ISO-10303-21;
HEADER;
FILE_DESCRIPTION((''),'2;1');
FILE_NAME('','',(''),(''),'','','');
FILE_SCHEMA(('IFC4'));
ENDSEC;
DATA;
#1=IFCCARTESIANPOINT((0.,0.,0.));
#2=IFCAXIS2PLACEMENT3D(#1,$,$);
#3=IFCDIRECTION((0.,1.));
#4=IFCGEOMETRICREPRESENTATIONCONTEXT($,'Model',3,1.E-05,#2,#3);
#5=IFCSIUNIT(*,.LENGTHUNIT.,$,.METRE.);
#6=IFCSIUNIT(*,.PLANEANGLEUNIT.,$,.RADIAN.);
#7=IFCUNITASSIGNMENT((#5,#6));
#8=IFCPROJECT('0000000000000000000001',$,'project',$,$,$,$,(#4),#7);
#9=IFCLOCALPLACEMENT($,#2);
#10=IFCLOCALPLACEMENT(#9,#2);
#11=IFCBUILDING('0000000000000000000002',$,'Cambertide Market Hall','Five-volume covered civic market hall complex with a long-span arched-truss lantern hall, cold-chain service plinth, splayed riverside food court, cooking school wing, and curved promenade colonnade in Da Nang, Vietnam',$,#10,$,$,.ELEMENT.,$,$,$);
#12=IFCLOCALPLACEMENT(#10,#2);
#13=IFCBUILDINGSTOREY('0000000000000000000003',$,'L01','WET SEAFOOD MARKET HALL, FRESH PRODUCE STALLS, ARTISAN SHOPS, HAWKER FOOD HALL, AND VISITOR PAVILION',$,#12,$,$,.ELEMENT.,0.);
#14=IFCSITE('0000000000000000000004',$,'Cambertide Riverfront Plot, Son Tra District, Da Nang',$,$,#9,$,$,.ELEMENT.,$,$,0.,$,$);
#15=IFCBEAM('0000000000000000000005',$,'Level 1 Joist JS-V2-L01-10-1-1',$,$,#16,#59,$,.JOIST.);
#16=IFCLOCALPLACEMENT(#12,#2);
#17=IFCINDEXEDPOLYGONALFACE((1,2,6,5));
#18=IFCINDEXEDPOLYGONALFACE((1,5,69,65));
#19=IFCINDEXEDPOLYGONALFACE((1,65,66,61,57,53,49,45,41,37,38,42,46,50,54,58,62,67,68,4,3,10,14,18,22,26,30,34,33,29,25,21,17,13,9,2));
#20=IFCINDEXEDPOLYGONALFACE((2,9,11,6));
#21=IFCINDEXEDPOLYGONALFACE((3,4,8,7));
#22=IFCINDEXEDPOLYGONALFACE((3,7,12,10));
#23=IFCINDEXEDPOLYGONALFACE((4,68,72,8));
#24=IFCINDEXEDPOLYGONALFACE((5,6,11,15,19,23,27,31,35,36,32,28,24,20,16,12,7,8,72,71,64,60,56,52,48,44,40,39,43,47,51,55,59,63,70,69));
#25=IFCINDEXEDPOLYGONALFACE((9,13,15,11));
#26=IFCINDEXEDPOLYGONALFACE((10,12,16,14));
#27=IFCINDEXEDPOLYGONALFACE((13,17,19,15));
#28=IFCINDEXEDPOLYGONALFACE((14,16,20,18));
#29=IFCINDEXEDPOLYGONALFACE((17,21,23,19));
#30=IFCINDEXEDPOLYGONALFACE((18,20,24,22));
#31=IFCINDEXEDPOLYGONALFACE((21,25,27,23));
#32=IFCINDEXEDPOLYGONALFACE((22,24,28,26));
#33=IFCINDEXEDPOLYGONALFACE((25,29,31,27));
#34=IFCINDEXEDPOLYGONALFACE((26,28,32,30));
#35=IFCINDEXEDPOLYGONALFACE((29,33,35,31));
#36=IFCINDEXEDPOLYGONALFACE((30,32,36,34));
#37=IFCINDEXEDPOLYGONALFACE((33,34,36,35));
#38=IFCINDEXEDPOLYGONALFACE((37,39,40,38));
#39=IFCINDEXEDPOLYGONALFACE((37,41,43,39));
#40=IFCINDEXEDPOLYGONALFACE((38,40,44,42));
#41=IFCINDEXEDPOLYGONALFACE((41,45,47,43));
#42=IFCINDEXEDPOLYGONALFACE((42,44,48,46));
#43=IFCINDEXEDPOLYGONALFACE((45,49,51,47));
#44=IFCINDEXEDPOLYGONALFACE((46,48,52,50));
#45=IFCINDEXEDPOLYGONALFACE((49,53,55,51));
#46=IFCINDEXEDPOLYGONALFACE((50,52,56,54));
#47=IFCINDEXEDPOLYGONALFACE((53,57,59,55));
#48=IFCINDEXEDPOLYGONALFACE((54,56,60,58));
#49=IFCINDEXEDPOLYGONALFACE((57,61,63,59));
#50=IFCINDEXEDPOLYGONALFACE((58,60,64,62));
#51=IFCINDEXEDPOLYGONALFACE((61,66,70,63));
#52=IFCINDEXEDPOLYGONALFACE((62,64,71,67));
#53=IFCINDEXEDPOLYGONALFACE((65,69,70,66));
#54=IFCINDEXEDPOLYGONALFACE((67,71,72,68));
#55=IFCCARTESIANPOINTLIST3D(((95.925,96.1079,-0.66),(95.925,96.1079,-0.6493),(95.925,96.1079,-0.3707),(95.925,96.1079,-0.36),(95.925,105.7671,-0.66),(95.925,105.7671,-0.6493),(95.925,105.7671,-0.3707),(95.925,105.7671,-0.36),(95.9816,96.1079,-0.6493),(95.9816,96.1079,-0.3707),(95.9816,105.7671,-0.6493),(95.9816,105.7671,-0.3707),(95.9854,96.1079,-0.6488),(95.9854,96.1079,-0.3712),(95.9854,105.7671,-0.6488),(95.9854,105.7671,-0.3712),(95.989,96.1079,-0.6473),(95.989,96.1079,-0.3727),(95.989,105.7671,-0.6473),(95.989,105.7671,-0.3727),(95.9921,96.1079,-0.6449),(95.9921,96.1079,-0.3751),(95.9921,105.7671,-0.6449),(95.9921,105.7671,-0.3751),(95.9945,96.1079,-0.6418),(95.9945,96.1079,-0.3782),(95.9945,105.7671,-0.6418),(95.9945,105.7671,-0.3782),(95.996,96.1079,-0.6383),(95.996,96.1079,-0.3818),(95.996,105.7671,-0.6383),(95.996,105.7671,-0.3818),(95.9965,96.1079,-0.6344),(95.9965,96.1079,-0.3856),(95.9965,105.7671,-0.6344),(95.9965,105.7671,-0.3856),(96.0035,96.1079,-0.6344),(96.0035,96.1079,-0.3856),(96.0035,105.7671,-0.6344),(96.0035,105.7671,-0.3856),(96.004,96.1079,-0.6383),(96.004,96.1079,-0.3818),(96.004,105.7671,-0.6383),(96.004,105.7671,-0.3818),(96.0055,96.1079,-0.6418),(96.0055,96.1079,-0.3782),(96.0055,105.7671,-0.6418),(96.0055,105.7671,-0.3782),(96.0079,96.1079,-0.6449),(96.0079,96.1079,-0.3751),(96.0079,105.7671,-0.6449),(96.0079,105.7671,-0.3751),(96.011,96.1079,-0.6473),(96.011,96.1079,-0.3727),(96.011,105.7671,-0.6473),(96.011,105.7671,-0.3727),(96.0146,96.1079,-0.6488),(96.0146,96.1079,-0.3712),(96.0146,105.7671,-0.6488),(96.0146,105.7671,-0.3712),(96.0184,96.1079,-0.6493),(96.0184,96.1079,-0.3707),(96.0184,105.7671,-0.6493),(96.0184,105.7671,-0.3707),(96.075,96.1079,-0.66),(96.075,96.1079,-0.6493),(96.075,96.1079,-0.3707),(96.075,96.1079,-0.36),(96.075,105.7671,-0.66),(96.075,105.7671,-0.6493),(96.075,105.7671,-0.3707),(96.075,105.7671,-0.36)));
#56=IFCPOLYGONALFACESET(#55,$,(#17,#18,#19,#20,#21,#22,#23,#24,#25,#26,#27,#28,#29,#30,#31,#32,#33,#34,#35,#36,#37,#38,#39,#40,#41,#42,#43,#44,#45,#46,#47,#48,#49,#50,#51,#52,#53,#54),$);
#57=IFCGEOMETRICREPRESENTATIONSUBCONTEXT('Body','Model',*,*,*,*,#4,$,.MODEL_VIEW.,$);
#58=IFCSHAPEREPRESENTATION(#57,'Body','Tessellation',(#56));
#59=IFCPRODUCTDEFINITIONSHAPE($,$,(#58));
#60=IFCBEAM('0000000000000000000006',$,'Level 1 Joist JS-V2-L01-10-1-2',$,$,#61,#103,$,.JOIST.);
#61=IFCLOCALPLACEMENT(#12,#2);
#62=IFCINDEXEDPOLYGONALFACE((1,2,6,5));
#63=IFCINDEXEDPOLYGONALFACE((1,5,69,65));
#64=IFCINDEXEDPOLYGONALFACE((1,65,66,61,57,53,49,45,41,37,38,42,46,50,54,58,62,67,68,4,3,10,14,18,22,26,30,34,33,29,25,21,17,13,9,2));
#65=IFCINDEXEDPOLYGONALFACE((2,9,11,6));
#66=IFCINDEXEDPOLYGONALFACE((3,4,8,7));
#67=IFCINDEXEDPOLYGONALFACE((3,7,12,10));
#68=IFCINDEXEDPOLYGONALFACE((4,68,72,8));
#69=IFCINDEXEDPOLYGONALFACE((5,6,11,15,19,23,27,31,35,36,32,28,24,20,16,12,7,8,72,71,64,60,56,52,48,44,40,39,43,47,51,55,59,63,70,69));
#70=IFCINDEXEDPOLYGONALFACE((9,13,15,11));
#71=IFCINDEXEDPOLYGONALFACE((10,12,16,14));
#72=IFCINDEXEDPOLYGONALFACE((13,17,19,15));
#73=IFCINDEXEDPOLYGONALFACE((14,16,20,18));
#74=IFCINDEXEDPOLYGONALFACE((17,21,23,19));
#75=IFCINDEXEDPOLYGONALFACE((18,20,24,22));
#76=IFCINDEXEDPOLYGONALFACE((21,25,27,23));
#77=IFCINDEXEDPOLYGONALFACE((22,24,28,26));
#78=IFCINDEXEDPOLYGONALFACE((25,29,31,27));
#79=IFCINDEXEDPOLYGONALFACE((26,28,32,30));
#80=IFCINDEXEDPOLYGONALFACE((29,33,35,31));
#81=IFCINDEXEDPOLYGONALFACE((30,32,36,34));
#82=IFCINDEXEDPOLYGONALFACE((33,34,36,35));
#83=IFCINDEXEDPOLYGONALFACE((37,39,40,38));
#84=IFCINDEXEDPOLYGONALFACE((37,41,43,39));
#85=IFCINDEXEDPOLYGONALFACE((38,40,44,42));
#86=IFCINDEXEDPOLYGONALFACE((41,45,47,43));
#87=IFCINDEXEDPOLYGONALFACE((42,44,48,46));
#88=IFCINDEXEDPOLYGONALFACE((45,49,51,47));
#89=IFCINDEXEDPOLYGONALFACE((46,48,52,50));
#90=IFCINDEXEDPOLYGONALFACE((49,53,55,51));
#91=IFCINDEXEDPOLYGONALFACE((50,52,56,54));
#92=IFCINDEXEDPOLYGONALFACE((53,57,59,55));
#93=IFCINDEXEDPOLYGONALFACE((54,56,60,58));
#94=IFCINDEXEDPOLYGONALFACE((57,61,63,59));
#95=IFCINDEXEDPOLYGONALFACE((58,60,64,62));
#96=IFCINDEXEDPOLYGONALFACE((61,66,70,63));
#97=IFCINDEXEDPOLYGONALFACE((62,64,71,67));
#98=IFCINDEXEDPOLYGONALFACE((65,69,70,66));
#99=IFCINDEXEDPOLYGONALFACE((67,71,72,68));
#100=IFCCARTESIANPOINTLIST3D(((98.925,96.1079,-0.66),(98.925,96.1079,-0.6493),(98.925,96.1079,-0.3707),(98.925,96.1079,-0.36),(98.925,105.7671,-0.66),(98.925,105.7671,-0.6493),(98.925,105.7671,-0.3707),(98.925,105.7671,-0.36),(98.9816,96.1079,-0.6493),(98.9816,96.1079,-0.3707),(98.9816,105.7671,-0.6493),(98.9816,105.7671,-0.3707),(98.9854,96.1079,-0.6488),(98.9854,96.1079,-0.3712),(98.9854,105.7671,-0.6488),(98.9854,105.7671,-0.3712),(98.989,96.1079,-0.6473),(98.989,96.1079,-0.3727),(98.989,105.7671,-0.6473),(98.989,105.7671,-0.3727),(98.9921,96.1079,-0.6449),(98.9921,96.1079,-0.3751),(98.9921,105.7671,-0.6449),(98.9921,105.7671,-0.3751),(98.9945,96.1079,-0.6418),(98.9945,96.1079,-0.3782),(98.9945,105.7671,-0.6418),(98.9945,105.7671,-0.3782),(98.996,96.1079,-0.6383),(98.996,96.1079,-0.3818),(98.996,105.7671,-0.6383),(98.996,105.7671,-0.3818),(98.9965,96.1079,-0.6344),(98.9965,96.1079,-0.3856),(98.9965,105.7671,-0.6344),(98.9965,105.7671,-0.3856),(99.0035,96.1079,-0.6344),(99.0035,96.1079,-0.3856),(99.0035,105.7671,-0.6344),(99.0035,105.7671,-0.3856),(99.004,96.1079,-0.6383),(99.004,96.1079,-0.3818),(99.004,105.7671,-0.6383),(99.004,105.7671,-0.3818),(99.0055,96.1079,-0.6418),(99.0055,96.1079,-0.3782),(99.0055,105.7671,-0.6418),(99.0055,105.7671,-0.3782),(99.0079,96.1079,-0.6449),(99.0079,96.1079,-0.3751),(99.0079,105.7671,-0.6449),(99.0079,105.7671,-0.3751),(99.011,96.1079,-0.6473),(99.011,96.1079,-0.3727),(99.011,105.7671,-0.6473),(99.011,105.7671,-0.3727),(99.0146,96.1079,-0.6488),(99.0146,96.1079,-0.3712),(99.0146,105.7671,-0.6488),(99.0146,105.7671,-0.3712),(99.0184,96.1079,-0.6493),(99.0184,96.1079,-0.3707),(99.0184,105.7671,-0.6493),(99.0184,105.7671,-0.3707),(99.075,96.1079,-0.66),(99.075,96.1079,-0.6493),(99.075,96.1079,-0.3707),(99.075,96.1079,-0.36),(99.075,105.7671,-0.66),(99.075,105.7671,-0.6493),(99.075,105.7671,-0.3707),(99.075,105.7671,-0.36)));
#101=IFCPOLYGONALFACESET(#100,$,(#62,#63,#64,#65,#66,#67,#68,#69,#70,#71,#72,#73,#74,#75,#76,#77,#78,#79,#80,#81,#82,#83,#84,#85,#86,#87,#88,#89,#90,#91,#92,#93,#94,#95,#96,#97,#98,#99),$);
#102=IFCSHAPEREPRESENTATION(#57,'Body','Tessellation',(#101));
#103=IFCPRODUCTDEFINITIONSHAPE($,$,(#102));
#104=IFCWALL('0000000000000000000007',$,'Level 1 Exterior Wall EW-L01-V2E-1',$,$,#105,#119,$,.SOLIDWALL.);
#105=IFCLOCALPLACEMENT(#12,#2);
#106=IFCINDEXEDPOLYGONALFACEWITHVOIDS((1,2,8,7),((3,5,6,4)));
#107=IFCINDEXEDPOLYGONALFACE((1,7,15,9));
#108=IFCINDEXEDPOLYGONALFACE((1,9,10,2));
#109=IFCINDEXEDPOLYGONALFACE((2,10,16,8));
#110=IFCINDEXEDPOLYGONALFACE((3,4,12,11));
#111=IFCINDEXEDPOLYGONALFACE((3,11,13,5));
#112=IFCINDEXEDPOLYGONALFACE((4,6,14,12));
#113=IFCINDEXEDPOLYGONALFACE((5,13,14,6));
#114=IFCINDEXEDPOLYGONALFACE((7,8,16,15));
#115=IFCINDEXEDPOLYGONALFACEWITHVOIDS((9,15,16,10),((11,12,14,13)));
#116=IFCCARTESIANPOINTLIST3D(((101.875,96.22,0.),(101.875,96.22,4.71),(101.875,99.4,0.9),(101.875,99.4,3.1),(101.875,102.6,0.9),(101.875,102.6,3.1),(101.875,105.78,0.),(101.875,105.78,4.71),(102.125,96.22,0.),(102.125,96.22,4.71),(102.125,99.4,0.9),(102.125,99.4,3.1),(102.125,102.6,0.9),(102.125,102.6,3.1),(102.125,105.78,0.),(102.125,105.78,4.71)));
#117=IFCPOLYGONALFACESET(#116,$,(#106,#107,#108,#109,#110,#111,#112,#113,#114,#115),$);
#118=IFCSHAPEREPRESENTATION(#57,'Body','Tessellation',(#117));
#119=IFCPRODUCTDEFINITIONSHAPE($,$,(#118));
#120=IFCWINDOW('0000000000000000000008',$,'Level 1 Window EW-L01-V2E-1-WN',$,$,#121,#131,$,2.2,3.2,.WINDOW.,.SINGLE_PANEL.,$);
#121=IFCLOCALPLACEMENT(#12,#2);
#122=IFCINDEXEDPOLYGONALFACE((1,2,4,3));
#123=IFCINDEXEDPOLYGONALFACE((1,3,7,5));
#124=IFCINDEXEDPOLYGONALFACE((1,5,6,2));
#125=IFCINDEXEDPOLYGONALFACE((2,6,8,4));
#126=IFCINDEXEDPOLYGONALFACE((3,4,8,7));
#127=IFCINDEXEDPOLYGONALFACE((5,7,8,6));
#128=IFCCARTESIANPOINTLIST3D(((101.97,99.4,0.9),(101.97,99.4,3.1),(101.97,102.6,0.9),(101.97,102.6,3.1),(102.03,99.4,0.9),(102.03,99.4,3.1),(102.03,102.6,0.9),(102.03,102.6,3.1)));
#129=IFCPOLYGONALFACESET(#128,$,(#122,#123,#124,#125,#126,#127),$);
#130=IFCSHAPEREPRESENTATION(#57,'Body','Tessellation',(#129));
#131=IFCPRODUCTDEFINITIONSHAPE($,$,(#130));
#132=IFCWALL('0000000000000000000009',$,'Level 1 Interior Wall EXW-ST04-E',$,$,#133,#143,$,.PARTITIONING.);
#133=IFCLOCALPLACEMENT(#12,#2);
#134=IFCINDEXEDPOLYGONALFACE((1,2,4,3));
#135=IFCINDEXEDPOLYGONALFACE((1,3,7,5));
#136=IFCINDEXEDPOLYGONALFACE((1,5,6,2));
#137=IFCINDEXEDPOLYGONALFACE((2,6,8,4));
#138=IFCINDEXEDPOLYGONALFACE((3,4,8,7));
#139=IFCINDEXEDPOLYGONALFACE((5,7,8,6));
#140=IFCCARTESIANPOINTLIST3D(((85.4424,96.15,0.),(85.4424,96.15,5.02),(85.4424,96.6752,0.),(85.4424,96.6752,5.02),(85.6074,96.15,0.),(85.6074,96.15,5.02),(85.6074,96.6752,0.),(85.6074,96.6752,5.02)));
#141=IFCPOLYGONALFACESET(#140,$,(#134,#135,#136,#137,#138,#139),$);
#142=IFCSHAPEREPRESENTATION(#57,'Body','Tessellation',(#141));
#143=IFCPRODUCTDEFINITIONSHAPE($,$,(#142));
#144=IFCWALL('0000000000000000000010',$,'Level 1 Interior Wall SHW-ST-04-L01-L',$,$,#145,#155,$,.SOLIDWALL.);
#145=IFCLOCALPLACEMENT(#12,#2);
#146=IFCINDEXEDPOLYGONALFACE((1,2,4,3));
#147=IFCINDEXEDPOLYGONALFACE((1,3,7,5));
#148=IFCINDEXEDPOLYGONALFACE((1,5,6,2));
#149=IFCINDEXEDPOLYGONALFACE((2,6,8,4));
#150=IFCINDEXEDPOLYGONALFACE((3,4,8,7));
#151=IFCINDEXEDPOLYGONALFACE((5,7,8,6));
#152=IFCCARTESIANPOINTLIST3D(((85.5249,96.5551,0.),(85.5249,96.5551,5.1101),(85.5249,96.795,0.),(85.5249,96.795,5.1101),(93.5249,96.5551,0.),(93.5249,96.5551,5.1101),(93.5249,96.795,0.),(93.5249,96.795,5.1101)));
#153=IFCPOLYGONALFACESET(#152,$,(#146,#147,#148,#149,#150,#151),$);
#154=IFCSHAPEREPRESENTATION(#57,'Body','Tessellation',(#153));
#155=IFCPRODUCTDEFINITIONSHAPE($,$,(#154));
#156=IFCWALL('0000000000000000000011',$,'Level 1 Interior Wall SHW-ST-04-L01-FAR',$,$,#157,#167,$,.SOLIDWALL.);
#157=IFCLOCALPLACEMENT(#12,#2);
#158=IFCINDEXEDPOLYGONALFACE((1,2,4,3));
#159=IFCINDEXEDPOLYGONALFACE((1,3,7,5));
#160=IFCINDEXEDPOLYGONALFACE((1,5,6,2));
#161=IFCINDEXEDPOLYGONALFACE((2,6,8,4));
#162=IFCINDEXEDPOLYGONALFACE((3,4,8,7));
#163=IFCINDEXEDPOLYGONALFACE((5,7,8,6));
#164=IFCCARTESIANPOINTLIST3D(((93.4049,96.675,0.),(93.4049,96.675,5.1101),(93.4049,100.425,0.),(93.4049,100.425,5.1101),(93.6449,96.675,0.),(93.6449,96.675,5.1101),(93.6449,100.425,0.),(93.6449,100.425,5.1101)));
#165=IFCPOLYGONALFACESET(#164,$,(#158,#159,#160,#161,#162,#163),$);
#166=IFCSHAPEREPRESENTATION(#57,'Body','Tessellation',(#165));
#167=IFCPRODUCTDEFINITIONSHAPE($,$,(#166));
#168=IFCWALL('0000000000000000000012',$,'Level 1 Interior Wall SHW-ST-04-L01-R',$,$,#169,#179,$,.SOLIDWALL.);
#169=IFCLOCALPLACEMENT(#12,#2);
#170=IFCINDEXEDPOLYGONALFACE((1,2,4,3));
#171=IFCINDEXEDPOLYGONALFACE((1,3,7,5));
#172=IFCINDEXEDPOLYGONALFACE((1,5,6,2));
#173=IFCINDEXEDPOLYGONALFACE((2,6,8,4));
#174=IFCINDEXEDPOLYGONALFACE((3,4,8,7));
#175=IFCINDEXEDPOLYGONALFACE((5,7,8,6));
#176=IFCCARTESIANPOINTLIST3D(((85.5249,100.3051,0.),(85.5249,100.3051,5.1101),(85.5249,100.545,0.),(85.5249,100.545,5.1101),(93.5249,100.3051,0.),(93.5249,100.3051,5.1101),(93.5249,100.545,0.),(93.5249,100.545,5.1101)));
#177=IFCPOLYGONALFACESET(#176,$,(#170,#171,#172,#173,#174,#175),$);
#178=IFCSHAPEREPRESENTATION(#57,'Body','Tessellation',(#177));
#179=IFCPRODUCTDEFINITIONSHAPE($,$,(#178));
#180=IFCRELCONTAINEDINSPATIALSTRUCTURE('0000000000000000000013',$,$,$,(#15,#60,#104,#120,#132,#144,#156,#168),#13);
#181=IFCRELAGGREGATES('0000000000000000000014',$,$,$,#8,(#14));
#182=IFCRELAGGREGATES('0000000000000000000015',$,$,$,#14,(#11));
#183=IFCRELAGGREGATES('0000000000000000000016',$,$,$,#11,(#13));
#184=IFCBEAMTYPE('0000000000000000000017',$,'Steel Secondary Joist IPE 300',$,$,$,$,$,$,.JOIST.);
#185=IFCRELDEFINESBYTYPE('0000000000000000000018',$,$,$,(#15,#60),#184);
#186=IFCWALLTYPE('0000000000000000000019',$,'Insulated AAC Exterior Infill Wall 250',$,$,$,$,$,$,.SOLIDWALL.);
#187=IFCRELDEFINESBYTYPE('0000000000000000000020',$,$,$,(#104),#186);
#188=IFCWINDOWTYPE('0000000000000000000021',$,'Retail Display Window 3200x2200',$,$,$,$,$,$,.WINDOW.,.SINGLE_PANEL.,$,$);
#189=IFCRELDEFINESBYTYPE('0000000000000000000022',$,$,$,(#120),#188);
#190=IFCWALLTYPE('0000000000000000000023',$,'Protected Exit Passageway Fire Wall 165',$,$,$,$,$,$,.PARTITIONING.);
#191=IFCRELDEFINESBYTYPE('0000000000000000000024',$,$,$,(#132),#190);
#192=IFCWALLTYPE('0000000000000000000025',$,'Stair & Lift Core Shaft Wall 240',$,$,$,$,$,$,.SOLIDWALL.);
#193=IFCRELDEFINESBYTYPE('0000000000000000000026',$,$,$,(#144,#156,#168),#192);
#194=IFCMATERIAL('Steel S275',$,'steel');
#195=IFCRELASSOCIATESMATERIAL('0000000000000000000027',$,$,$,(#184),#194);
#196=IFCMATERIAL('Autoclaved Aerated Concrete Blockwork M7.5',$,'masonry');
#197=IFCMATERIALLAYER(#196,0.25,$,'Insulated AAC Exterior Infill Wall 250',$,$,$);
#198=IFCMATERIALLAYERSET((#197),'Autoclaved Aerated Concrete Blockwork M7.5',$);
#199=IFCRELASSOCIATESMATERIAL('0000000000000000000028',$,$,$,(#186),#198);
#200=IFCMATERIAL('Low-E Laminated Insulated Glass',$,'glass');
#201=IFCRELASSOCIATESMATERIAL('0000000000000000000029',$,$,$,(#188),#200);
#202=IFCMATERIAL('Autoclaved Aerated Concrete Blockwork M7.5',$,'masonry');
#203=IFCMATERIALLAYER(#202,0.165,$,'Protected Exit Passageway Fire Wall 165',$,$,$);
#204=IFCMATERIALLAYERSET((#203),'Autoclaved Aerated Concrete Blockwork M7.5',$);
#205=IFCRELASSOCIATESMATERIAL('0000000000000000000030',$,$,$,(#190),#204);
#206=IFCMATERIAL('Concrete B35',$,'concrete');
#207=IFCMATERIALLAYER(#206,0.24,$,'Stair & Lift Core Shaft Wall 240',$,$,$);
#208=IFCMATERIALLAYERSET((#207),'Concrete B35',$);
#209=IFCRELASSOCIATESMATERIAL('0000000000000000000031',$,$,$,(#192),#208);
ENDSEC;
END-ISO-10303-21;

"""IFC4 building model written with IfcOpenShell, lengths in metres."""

from ifc_helpers import new_model, si_unit, direction, frame, frame_2d, origin, origin_2d, place, context, subcontext, project, spatial, rectangle, i_section, extrude, material, layer, layer_set, material_profile, profile_set, type_object, element, fill, save


model = new_model("IFC4")

# Units and contexts
model_context = context("Model", 3, precision=1e-05, world=origin(), true_north=direction((0.0, 1.0)))
body_context = subcontext(model_context, "Body", "Model", "MODEL_VIEW")
ifc_project = project(units=[si_unit("LENGTHUNIT", "METRE"), si_unit("PLANEANGLEUNIT", "RADIAN")], contexts=[model_context])

# Site, building, storey
site_placement = place(None, origin())
site = spatial("IfcSite", under=ifc_project, at=site_placement, Name="Cambertide Riverfront Plot, Son Tra District, Da Nang", CompositionType="ELEMENT", RefElevation=0.0)
building_placement = place(site_placement, origin())
building = spatial("IfcBuilding", under=site, at=building_placement, Name="Cambertide Market Hall", Description="Five-volume covered civic market hall complex with a long-span arched-truss lantern hall, cold-chain service plinth, splayed riverside food court, cooking school wing, and curved promenade colonnade in Da Nang, Vietnam", CompositionType="ELEMENT")
storey_placement = place(building_placement, origin())
storey = spatial("IfcBuildingStorey", under=building, at=storey_placement, Name="L01", Description="WET SEAFOOD MARKET HALL, FRESH PRODUCE STALLS, ARTISAN SHOPS, HAWKER FOOD HALL, AND VISITOR PAVILION", CompositionType="ELEMENT", Elevation=0.0)

# Beams
ifc_material_1 = material(Name="Steel S275", Category="steel")
ifc_material_profile_1 = material_profile(ifc_material_1, i_section(OverallWidth=0.1499, OverallDepth=0.3, WebThickness=0.0071, FlangeThickness=0.0107, FilletRadius=0.0149, at=origin_2d()), Name="IPE 300")
ifc_profile_set_1 = profile_set([ifc_material_profile_1], Name="Steel S275")
beam_type_1 = type_object("IfcBeamType", Name="Steel Secondary Joist IPE 300", PredefinedType="JOIST", material=ifc_profile_set_1)
for number, where, z_axis, x_axis, name in (
    (1, (96.0, 96.1079, -0.51), (0.0, 1.0, 0.0), (-1.0, 0.0, 0.0), "Level 1 Joist JS-V2-L01-10-1-1"),
    (2, (99.0, 96.1079, -0.51), (0.0, 1.0, 0.0), (-1.0, 0.0, 0.0), "Level 1 Joist JS-V2-L01-10-1-2"),
):
    element("IfcBeam", number, at=place(storey_placement, frame(where, z_axis=z_axis, x_axis=x_axis)), inside=storey, type_object=beam_type_1, Name=name, PredefinedType="JOIST", context=body_context, shape_type="SweptSolid", body=[
        extrude(i_section(OverallWidth=0.1499, OverallDepth=0.3, WebThickness=0.0071, FlangeThickness=0.0107, FilletRadius=0.0149, at=origin_2d()), origin(), (0.0, 0.0, 1.0), 9.6592),
    ])

# Wall, opening, window
ifc_material_2 = material(Name="Autoclaved Aerated Concrete Blockwork M7.5", Category="masonry")
ifc_layer_1 = layer(ifc_material_2, 0.25, Name="Insulated AAC Exterior Infill Wall 250")
ifc_layer_set_1 = layer_set([ifc_layer_1], Name="Autoclaved Aerated Concrete Blockwork M7.5")
wall_type_1 = type_object("IfcWallType", Name="Insulated AAC Exterior Infill Wall 250", PredefinedType="SOLIDWALL", material=ifc_layer_set_1)
wall_1_placement = place(storey_placement, frame((102.0, 105.78, 0.0), z_axis=(0.0, 0.0, 1.0), x_axis=(0.0, -1.0, 0.0)))
wall_1 = element("IfcWall", 3, at=wall_1_placement, inside=storey, type_object=wall_type_1, Name="Level 1 Exterior Wall EW-L01-V2E-1", PredefinedType="SOLIDWALL", context=body_context, shape_type="SweptSolid", body=[
    extrude(rectangle(XDim=9.5601, YDim=0.25, at=frame_2d((4.78, 0.0))), origin(), (0.0, 0.0, 1.0), 4.71),
])
opening_1_placement = place(wall_1_placement, frame((3.1799, 0.0, 0.8999)))
opening_1 = element("IfcOpeningElement", 4, at=opening_1_placement, cuts=wall_1, PredefinedType="OPENING", context=body_context, shape_type="SweptSolid", body=[
    extrude(rectangle(XDim=3.2, YDim=2.2, at=frame_2d((1.6001, 1.1001))), frame((0.0, 0.135, 0.0), z_axis=(0.0, -1.0, 0.0), x_axis=(1.0, 0.0, 0.0)), (0.0, 0.0, 1.0), 0.27),
])
ifc_material_3 = material(Name="Low-E Laminated Insulated Glass", Category="glass")
window_type = type_object("IfcWindowType", Name="Retail Display Window 3200x2200", PartitioningType="SINGLE_PANEL", PredefinedType="WINDOW", material=ifc_material_3)
window_placement = place(opening_1_placement, origin())
window = element("IfcWindow", 5, at=window_placement, inside=storey, type_object=window_type, Name="Level 1 Window EW-L01-V2E-1-WN", OverallHeight=2.2, OverallWidth=3.2, PartitioningType="SINGLE_PANEL", PredefinedType="WINDOW", context=body_context, shape_type="SweptSolid", body=[
    extrude(rectangle(XDim=3.2, YDim=2.2, at=frame_2d((1.6001, 1.1001))), frame((0.0, 0.03, 0.0), z_axis=(0.0, -1.0, 0.0), x_axis=(1.0, 0.0, 0.0)), (0.0, 0.0, 1.0), 0.0601),
])
fill(opening_1, window)

# Wall
ifc_material_4 = material(Name="Autoclaved Aerated Concrete Blockwork M7.5", Category="masonry")
ifc_layer_2 = layer(ifc_material_4, 0.165, Name="Protected Exit Passageway Fire Wall 165")
ifc_layer_set_2 = layer_set([ifc_layer_2], Name="Autoclaved Aerated Concrete Blockwork M7.5")
wall_type_2 = type_object("IfcWallType", Name="Protected Exit Passageway Fire Wall 165", PredefinedType="PARTITIONING", material=ifc_layer_set_2)
wall_2_placement = place(storey_placement, frame((85.5249, 96.1499, 0.0), z_axis=(0.0, 0.0, 1.0), x_axis=(0.0, 1.0, 0.0)))
element("IfcWall", 6, at=wall_2_placement, inside=storey, type_object=wall_type_2, Name="Level 1 Interior Wall EXW-ST04-E", PredefinedType="PARTITIONING", context=body_context, shape_type="SweptSolid", body=[
    extrude(rectangle(XDim=0.5251, YDim=0.165, at=frame_2d((0.2627, 0.0))), origin(), (0.0, 0.0, 1.0), 5.02),
])

# Shared definitions
ifc_material_5 = material(Name="Concrete B35", Category="concrete")
ifc_layer_3 = layer(ifc_material_5, 0.24, Name="Stair & Lift Core Shaft Wall 240")
ifc_layer_set_3 = layer_set([ifc_layer_3], Name="Concrete B35")
wall_type_3 = type_object("IfcWallType", Name="Stair & Lift Core Shaft Wall 240", PredefinedType="SOLIDWALL", material=ifc_layer_set_3)

# Walls
wall_3_placement = place(storey_placement, frame((93.5249, 96.675, 0.0), z_axis=(0.0, 0.0, 1.0), x_axis=(-1.0, 0.0, 0.0)))
element("IfcWall", 7, at=wall_3_placement, inside=storey, type_object=wall_type_3, Name="Level 1 Interior Wall SHW-ST-04-L01-L", PredefinedType="SOLIDWALL", context=body_context, shape_type="SweptSolid", body=[
    extrude(rectangle(XDim=8.0, YDim=0.24, at=frame_2d((4.0, 0.0))), origin(), (0.0, 0.0, 1.0), 5.1101),
])
wall_4_placement = place(storey_placement, frame((93.5249, 100.425, 0.0), z_axis=(0.0, 0.0, 1.0), x_axis=(0.0, -1.0, 0.0)))
element("IfcWall", 8, at=wall_4_placement, inside=storey, type_object=wall_type_3, Name="Level 1 Interior Wall SHW-ST-04-L01-FAR", PredefinedType="SOLIDWALL", context=body_context, shape_type="SweptSolid", body=[
    extrude(rectangle(XDim=3.75, YDim=0.24, at=frame_2d((1.875, 0.0))), origin(), (0.0, 0.0, 1.0), 5.1101),
])
wall_5_placement = place(storey_placement, frame((85.5249, 100.425, 0.0), z_axis=(0.0, 0.0, 1.0), x_axis=(1.0, 0.0, 0.0)))
element("IfcWall", 9, at=wall_5_placement, inside=storey, type_object=wall_type_3, Name="Level 1 Interior Wall SHW-ST-04-L01-R", PredefinedType="SOLIDWALL", context=body_context, shape_type="SweptSolid", body=[
    extrude(rectangle(XDim=8.0, YDim=0.24, at=frame_2d((4.0, 0.0))), origin(), (0.0, 0.0, 1.0), 5.1101),
])

save(model, "model.ifc")
